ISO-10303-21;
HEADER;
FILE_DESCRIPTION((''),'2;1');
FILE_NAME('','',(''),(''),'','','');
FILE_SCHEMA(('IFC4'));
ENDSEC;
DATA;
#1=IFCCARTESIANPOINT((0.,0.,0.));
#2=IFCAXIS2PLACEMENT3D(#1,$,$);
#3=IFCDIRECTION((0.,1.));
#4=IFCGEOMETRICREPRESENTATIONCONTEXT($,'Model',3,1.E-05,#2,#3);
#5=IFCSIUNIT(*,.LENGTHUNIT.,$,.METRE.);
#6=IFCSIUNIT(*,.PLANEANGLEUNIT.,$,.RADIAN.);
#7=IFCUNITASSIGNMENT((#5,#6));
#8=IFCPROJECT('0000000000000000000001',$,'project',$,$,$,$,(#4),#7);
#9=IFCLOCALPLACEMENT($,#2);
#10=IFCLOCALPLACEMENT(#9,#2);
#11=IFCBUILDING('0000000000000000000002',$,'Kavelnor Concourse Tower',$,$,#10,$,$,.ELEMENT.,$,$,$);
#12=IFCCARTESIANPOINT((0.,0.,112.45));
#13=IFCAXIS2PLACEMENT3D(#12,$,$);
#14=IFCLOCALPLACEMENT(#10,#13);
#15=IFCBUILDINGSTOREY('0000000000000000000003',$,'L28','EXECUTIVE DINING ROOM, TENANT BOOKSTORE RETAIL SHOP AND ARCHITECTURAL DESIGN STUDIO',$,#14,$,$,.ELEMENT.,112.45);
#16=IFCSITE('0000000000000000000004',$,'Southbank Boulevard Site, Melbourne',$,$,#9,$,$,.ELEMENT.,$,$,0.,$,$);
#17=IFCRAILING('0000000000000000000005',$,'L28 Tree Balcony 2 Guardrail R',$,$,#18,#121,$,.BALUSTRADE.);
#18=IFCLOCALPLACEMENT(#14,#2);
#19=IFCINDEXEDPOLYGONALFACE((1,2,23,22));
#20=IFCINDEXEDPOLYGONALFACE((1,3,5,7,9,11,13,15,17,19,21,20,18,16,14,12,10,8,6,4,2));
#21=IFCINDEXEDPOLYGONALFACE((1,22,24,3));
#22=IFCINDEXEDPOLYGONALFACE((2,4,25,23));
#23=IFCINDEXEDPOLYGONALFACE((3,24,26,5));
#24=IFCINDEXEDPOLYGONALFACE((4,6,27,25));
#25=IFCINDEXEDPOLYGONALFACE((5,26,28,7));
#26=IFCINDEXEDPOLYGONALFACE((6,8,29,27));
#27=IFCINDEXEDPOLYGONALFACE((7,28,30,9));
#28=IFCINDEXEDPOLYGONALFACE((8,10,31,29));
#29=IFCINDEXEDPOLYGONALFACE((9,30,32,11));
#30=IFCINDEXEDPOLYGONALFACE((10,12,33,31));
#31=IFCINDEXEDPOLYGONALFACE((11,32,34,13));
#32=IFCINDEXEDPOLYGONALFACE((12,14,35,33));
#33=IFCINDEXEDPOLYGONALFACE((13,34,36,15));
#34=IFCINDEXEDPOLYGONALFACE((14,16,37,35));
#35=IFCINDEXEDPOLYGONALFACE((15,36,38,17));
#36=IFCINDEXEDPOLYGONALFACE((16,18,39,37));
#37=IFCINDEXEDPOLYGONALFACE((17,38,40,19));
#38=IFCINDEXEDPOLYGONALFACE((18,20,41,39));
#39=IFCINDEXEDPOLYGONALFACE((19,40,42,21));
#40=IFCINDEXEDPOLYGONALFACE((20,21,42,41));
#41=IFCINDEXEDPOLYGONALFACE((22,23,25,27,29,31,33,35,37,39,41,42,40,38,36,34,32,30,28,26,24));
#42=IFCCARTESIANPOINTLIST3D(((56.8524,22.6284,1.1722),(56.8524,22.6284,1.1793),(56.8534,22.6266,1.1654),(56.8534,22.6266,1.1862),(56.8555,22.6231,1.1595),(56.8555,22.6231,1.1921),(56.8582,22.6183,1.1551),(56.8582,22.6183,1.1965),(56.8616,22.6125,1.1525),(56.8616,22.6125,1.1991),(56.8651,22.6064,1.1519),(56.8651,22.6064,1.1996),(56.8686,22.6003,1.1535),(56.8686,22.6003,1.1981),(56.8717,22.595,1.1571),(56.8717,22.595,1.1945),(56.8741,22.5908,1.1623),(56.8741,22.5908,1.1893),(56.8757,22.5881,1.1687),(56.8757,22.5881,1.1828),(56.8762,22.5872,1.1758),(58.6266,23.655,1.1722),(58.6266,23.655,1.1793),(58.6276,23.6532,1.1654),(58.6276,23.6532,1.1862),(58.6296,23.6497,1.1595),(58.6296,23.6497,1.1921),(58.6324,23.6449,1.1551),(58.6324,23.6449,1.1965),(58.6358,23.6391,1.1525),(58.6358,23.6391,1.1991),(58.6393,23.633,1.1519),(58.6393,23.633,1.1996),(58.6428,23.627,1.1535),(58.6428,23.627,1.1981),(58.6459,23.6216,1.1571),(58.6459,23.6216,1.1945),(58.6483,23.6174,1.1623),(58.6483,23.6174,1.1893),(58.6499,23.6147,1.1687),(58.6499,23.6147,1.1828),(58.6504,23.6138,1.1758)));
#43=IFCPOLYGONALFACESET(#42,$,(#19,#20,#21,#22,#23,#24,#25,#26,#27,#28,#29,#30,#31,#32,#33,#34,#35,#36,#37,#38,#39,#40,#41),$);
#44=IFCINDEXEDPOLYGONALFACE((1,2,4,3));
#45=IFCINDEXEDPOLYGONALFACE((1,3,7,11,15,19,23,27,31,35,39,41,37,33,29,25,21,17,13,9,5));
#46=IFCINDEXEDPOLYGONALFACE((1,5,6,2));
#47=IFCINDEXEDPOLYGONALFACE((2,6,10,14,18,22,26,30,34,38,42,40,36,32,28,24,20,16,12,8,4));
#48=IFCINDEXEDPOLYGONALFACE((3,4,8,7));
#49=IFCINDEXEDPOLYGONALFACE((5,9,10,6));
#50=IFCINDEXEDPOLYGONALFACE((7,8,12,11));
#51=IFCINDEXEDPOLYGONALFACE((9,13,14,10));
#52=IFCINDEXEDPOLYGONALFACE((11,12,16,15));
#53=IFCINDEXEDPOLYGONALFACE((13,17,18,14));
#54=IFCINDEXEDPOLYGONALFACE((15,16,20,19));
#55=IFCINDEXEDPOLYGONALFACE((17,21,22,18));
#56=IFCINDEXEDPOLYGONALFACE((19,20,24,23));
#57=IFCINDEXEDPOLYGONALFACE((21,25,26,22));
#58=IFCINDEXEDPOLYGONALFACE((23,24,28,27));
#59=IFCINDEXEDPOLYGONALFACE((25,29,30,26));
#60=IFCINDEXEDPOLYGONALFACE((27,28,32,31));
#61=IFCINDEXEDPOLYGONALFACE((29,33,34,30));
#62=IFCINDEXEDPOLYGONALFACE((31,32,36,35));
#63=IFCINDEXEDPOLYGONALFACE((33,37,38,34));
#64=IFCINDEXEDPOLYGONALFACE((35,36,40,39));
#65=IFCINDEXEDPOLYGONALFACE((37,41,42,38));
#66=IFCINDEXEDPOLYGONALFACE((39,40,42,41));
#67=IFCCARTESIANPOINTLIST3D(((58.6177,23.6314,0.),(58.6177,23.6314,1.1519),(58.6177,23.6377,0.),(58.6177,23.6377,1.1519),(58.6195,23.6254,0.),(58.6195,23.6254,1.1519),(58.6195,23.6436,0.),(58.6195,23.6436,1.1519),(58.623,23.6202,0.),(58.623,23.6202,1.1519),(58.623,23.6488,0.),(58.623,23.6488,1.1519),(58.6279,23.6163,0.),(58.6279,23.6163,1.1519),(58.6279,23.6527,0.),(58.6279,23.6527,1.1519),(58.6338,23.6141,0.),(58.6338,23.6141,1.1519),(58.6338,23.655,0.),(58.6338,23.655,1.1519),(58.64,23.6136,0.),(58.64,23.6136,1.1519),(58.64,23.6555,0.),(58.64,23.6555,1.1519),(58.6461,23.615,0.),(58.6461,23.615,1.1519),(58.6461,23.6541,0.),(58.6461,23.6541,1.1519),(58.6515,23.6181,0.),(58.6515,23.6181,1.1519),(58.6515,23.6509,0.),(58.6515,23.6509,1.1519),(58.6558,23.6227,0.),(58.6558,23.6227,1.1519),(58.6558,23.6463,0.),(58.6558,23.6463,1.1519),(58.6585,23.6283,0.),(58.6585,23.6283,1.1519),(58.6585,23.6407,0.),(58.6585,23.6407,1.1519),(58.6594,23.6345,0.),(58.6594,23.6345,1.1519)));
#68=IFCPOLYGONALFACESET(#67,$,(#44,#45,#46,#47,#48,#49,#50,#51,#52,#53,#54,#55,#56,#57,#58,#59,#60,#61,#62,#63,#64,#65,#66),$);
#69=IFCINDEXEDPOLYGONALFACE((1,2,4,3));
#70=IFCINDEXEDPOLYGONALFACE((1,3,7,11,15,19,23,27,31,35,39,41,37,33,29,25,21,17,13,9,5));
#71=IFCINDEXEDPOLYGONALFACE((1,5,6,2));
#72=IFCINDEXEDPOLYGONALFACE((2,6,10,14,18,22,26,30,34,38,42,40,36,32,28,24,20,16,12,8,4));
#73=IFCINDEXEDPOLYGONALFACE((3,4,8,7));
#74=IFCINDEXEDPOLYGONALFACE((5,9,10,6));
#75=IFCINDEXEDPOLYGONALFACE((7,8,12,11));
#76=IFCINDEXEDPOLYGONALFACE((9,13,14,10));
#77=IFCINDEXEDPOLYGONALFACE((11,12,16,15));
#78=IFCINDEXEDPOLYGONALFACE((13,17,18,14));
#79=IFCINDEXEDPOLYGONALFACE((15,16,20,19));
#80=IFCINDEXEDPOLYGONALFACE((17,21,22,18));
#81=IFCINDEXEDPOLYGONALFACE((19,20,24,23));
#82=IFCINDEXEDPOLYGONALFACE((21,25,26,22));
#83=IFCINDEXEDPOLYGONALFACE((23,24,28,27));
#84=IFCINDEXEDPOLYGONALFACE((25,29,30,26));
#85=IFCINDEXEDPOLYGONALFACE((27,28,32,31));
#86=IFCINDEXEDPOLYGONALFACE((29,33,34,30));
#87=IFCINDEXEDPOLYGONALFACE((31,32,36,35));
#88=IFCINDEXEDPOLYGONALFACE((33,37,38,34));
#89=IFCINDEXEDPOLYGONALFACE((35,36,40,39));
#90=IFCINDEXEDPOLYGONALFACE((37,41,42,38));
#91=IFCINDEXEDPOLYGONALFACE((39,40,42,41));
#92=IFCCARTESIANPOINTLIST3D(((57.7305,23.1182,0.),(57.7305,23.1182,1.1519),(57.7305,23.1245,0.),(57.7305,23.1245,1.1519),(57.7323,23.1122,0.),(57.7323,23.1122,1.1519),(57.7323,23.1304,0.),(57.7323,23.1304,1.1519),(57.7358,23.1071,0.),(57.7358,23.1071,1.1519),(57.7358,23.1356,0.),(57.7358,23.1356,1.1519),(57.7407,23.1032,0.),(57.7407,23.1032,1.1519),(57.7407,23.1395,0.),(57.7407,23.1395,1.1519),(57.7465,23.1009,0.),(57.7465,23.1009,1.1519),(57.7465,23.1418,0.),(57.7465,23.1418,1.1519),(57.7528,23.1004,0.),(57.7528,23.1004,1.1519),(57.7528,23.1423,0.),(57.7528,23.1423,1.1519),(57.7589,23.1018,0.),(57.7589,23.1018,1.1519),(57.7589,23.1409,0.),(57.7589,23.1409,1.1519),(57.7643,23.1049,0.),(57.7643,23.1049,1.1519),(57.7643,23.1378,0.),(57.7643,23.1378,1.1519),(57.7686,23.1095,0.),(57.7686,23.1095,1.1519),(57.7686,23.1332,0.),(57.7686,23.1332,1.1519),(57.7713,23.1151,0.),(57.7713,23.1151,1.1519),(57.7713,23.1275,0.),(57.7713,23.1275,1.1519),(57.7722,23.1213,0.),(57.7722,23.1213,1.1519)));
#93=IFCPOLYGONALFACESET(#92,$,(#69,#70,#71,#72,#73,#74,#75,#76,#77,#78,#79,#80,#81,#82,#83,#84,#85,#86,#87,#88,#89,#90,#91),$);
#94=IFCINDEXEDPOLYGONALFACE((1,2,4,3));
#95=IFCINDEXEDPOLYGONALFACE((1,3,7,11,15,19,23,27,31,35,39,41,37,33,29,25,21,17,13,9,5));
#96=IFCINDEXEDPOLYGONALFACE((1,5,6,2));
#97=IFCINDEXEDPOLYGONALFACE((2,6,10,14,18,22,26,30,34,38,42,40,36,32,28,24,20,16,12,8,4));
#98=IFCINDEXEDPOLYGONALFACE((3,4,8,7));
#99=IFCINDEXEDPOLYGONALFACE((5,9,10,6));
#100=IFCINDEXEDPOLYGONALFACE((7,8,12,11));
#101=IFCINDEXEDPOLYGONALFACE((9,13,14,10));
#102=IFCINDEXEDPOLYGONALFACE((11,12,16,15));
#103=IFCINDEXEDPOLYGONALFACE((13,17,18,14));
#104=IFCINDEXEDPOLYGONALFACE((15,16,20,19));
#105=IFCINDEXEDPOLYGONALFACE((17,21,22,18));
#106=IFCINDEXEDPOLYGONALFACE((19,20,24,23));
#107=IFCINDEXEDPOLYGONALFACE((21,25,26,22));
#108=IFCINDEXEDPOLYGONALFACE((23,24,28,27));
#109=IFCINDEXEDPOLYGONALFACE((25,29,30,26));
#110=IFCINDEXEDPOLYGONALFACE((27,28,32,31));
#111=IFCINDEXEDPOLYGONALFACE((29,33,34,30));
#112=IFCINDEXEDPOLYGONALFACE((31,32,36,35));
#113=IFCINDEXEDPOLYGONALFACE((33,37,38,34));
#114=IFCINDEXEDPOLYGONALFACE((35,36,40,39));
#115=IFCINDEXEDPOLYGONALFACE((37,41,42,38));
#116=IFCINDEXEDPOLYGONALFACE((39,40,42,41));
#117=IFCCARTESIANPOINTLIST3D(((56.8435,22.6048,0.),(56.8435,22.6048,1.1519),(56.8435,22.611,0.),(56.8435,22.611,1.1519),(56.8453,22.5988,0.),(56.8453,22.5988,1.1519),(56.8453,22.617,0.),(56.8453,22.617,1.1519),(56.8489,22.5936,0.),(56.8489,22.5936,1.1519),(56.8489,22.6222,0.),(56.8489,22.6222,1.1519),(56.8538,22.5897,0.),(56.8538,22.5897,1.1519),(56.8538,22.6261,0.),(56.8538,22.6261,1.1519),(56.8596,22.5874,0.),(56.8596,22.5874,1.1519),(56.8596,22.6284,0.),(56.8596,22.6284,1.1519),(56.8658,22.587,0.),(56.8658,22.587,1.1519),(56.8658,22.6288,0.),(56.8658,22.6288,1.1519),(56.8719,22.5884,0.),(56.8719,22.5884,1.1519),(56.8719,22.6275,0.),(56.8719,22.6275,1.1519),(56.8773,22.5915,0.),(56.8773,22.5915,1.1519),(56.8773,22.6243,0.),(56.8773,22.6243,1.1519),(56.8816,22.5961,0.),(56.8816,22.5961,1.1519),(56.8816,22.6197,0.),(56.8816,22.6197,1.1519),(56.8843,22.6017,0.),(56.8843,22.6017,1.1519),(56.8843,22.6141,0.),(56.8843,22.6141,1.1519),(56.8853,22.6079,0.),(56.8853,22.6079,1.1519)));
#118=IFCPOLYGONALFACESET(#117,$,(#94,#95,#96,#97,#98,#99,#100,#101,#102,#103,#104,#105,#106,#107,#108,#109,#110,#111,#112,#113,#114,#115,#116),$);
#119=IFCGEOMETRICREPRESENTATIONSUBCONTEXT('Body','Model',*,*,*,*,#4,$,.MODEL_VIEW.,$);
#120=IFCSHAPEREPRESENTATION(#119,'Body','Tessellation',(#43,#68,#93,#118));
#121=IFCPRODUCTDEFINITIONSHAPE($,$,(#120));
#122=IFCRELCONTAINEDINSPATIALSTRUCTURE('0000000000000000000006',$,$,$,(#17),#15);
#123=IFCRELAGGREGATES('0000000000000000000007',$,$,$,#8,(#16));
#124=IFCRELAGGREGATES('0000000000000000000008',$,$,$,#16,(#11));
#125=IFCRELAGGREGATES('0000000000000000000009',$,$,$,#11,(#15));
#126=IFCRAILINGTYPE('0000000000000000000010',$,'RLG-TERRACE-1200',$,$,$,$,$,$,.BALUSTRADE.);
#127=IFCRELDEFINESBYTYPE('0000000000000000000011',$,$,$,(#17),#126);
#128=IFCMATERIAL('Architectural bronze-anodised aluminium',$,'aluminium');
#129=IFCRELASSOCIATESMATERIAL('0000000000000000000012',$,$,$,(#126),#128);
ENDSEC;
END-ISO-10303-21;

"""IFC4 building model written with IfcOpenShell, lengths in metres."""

from ifc_helpers import new_model, si_unit, direction, frame, origin, origin_2d, place, context, subcontext, project, spatial, circle, extrude, material, type_object, element, save


model = new_model("IFC4")

# Units and contexts
model_context = context("Model", 3, precision=1e-05, world=origin(), true_north=direction((0.0, 1.0)))
body_context = subcontext(model_context, "Body", "Model", "MODEL_VIEW")
ifc_project = project(units=[si_unit("LENGTHUNIT", "METRE"), si_unit("PLANEANGLEUNIT", "RADIAN")], contexts=[model_context])

# Site, building, storey
site_placement = place(None, origin())
site = spatial("IfcSite", under=ifc_project, at=site_placement, Name="Southbank Boulevard Site, Melbourne", CompositionType="ELEMENT", RefElevation=0.0)
building_placement = place(site_placement, origin())
building = spatial("IfcBuilding", under=site, at=building_placement, Name="Kavelnor Concourse Tower", CompositionType="ELEMENT")
storey_placement = place(building_placement, frame((0.0, 0.0, 112.45)))
storey = spatial("IfcBuildingStorey", under=building, at=storey_placement, Name="L28", Description="EXECUTIVE DINING ROOM, TENANT BOOKSTORE RETAIL SHOP AND ARCHITECTURAL DESIGN STUDIO", CompositionType="ELEMENT", Elevation=112.45)

# Railing
ifc_material_1 = material(Name="Architectural bronze-anodised aluminium", Category="aluminium")
railing_type_1 = type_object("IfcRailingType", Name="RLG-TERRACE-1200", PredefinedType="BALUSTRADE", material=ifc_material_1)
railing_1_placement = place(storey_placement, frame((58.6384, 23.6345, 0.0)))
element("IfcRailing", 1, at=railing_1_placement, inside=storey, type_object=railing_type_1, Name="L28 Tree Balcony 2 Guardrail R", PredefinedType="BALUSTRADE", context=body_context, shape_type="SweptSolid", body=[
    extrude(circle(Radius=0.0239, at=origin_2d()), frame((0.0, 0.0, 1.1758), z_axis=(-0.86554, -0.500839, 0.0), x_axis=(0.500839, -0.86554, 0.0)), (0.0, 0.0, 1.0), 2.0498),
    extrude(circle(Radius=0.021, at=origin_2d()), origin(), (0.0, 0.0, 1.0), 1.1519),
    extrude(circle(Radius=0.021, at=origin_2d()), frame((-0.8872, -0.5132, 0.0)), (0.0, 0.0, 1.0), 1.1519),
    extrude(circle(Radius=0.021, at=origin_2d()), frame((-1.7742, -1.0266, 0.0)), (0.0, 0.0, 1.0), 1.1519),
])

save(model, "model.ifc")
